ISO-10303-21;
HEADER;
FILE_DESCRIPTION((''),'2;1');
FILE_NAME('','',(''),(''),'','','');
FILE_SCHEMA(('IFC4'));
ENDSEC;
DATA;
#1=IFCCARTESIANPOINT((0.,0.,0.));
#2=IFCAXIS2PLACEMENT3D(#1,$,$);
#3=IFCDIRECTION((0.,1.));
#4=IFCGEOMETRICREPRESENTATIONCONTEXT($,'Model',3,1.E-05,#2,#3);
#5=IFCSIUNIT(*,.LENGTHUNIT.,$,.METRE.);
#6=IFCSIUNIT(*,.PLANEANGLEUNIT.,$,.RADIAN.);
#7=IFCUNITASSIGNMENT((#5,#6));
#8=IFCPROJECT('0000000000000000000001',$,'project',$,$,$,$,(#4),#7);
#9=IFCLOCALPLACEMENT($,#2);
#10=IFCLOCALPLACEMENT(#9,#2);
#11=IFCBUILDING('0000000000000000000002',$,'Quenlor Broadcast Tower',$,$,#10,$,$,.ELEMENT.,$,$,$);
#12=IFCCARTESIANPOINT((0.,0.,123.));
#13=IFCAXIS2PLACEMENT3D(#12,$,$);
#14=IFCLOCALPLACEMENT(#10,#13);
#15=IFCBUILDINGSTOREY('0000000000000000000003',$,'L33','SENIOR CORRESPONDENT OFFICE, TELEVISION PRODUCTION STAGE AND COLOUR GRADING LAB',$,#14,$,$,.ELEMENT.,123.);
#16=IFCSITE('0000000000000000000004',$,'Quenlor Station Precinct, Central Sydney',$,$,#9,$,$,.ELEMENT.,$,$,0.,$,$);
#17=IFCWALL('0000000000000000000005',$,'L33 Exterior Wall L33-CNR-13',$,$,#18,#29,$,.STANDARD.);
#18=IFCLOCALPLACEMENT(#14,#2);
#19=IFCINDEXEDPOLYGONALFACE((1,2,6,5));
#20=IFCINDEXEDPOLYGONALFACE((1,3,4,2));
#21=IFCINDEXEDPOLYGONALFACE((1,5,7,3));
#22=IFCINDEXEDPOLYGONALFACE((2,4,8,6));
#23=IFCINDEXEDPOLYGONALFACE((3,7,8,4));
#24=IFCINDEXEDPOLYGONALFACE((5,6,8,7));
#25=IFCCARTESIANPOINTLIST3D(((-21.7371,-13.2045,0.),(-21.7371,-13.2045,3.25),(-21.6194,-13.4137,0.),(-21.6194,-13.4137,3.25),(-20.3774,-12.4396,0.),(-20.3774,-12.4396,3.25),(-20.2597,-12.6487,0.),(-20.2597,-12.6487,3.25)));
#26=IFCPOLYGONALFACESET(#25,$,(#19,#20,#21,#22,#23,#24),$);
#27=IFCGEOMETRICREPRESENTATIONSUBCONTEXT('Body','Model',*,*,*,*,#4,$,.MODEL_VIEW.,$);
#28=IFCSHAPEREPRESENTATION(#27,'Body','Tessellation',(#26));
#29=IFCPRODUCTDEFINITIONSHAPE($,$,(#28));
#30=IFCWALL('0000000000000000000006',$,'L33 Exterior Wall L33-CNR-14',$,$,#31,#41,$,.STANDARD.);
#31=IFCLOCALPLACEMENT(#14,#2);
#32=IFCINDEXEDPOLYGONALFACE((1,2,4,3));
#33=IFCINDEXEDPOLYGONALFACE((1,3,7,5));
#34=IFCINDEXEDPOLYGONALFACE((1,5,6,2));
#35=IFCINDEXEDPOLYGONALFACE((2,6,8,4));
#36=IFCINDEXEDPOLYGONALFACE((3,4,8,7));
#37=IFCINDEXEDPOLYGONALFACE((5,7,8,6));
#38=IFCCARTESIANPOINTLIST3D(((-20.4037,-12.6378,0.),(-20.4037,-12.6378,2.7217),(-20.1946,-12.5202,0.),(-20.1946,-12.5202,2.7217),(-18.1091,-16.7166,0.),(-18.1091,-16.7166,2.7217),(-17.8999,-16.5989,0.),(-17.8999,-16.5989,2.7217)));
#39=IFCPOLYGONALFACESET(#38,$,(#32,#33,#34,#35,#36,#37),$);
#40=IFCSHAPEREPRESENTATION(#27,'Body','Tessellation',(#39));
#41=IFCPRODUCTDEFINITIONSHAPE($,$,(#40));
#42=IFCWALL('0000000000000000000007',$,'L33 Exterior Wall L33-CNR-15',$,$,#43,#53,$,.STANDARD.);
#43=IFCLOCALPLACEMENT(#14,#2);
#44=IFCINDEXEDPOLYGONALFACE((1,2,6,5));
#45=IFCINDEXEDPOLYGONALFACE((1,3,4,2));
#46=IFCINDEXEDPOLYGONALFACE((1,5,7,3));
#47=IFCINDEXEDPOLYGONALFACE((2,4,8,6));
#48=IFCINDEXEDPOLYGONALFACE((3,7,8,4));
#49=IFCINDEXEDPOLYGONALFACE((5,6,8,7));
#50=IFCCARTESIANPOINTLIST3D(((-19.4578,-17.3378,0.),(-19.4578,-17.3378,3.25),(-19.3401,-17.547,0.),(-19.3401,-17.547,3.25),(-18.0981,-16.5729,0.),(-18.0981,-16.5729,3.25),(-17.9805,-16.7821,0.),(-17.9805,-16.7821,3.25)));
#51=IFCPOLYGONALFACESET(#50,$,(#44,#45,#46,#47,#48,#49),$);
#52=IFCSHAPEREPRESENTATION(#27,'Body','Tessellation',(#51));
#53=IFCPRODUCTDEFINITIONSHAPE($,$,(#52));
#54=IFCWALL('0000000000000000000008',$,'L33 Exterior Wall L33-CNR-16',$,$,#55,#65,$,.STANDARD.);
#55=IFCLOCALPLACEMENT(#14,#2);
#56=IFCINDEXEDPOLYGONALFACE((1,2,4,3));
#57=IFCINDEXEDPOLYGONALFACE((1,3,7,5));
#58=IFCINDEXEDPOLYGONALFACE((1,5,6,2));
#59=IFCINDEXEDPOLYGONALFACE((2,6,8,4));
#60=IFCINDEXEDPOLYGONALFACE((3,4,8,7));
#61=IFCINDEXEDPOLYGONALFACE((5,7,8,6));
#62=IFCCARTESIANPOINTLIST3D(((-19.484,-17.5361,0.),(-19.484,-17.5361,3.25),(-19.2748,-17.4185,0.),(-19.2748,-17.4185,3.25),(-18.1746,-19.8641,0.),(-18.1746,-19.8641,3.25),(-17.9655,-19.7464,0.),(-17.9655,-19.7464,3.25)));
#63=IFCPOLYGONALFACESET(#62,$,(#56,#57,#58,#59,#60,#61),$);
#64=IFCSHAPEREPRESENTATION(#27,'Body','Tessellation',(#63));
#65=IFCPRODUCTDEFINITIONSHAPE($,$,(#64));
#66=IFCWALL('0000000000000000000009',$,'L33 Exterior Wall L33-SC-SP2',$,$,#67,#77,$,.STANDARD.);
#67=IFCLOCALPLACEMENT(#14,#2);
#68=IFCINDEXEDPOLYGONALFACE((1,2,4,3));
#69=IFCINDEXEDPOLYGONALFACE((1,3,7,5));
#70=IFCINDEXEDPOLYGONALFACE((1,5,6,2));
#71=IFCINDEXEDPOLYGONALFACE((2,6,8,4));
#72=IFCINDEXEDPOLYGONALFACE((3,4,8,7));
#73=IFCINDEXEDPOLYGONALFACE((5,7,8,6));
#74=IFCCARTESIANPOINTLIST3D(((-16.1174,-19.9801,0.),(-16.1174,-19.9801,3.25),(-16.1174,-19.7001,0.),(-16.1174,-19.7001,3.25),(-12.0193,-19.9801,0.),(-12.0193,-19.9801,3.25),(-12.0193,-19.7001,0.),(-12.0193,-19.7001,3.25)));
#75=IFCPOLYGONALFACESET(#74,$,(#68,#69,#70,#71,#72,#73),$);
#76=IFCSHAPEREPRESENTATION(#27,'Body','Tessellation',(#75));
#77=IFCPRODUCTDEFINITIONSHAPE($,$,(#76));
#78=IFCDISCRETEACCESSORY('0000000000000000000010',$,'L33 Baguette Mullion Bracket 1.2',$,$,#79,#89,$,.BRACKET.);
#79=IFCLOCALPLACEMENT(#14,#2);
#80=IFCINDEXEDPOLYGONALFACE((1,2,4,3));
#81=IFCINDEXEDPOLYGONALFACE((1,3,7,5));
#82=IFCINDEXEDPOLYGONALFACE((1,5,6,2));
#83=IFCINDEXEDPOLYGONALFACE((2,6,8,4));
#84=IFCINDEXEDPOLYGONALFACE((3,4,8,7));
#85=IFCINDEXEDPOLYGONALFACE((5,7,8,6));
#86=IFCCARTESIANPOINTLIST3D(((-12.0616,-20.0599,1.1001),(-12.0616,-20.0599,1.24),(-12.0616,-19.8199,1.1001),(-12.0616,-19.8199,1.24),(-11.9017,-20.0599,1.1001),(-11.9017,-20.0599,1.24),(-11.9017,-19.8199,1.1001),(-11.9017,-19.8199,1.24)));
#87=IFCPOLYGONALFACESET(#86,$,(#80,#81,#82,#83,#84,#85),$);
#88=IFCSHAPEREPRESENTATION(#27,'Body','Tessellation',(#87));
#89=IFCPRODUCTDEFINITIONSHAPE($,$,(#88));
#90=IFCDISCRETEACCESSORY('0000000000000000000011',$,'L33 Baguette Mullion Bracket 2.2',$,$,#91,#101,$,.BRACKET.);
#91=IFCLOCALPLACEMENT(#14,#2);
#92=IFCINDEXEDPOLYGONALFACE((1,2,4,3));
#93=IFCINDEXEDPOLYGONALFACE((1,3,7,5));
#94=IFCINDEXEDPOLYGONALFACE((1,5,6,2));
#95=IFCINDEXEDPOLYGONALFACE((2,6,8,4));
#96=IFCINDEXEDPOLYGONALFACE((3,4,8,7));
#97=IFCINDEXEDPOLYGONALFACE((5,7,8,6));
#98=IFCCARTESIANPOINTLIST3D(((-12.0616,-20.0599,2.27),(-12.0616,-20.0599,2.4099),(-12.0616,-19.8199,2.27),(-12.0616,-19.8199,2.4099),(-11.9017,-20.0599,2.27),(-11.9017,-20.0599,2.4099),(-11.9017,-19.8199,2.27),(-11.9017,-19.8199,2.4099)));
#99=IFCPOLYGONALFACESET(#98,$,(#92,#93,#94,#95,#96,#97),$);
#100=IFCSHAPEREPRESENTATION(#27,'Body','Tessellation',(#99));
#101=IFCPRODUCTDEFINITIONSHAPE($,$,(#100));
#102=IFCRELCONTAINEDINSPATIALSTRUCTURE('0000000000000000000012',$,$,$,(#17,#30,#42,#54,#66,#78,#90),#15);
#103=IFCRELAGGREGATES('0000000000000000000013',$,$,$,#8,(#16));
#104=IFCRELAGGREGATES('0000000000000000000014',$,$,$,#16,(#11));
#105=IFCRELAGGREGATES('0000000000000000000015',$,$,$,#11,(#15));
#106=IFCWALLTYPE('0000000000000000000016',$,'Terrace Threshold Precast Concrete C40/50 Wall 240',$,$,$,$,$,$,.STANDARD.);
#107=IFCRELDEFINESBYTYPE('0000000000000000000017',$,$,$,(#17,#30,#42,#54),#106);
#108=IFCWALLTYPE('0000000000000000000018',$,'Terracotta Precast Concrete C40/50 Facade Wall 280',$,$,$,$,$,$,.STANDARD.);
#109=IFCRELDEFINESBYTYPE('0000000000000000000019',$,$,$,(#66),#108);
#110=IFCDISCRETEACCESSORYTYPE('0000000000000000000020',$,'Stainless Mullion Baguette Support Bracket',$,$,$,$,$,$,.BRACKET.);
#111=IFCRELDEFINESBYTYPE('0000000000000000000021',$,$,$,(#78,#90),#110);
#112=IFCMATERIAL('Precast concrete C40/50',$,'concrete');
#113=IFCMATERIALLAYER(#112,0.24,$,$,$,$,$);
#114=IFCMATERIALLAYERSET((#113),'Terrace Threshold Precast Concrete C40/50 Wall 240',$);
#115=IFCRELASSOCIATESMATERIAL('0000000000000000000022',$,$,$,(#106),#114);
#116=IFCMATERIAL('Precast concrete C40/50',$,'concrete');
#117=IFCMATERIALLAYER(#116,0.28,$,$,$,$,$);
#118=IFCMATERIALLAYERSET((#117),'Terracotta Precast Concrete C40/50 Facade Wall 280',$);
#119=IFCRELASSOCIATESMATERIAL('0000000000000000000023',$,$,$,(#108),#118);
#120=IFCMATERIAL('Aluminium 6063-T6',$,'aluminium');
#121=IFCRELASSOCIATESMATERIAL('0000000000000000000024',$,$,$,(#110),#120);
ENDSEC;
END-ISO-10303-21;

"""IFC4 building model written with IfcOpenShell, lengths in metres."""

from ifc_helpers import new_model, si_unit, direction, frame, frame_2d, origin, origin_2d, place, context, subcontext, project, spatial, rectangle, extrude, material, layer, layer_set, type_object, element, save


model = new_model("IFC4")

# Units and contexts
model_context = context("Model", 3, precision=1e-05, world=origin(), true_north=direction((0.0, 1.0)))
body_context = subcontext(model_context, "Body", "Model", "MODEL_VIEW")
ifc_project = project(units=[si_unit("LENGTHUNIT", "METRE"), si_unit("PLANEANGLEUNIT", "RADIAN")], contexts=[model_context])

# Site, building, storey
site_placement = place(None, origin())
site = spatial("IfcSite", under=ifc_project, at=site_placement, Name="Quenlor Station Precinct, Central Sydney", CompositionType="ELEMENT", RefElevation=0.0)
building_placement = place(site_placement, origin())
building = spatial("IfcBuilding", under=site, at=building_placement, Name="Quenlor Broadcast Tower", CompositionType="ELEMENT")
storey_placement = place(building_placement, frame((0.0, 0.0, 123.0)))
storey = spatial("IfcBuildingStorey", under=building, at=storey_placement, Name="L33", Description="SENIOR CORRESPONDENT OFFICE, TELEVISION PRODUCTION STAGE AND COLOUR GRADING LAB", CompositionType="ELEMENT", Elevation=123.0)

# Walls
ifc_material_1 = material(Name="Precast concrete C40/50", Category="concrete")
ifc_layer_1 = layer(ifc_material_1, 0.24)
ifc_layer_set_1 = layer_set([ifc_layer_1], Name="Terrace Threshold Precast Concrete C40/50 Wall 240")
wall_type_1 = type_object("IfcWallType", Name="Terrace Threshold Precast Concrete C40/50 Wall 240", PredefinedType="STANDARD", material=ifc_layer_set_1)
wall_1_placement = place(storey_placement, frame((-21.6782, -13.3091, 0.0), z_axis=(0.0, 0.0, 1.0), x_axis=(0.871546, 0.490313, 0.0)))
element("IfcWall", 1, at=wall_1_placement, inside=storey, type_object=wall_type_1, Name="L33 Exterior Wall L33-CNR-13", PredefinedType="STANDARD", context=body_context, shape_type="SweptSolid", body=[
    extrude(rectangle(XDim=1.5601, YDim=0.24, at=frame_2d((0.78, 0.0))), origin(), (0.0, 0.0, 1.0), 3.25),
])
wall_2_placement = place(storey_placement, frame((-20.2991, -12.5791, 0.0), z_axis=(0.0, 0.0, 1.0), x_axis=(0.490313, -0.871546, 0.0)))
element("IfcWall", 2, at=wall_2_placement, inside=storey, type_object=wall_type_1, Name="L33 Exterior Wall L33-CNR-14", PredefinedType="STANDARD", context=body_context, shape_type="SweptSolid", body=[
    extrude(rectangle(XDim=4.6799, YDim=0.24, at=frame_2d((2.3398, 0.0))), origin(), (0.0, 0.0, 1.0), 2.7217),
])
wall_3_placement = place(storey_placement, frame((-18.0393, -16.6775, 0.0), z_axis=(0.0, 0.0, 1.0), x_axis=(-0.871546, -0.490313, 0.0)))
element("IfcWall", 3, at=wall_3_placement, inside=storey, type_object=wall_type_1, Name="L33 Exterior Wall L33-CNR-15", PredefinedType="STANDARD", context=body_context, shape_type="SweptSolid", body=[
    extrude(rectangle(XDim=1.5601, YDim=0.24, at=frame_2d((0.78, 0.0))), origin(), (0.0, 0.0, 1.0), 3.25),
])
wall_4_placement = place(storey_placement, frame((-19.3794, -17.4773, 0.0), z_axis=(0.0, 0.0, 1.0), x_axis=(0.490231, -0.871593, 0.0)))
element("IfcWall", 4, at=wall_4_placement, inside=storey, type_object=wall_type_1, Name="L33 Exterior Wall L33-CNR-16", PredefinedType="STANDARD", context=body_context, shape_type="SweptSolid", body=[
    extrude(rectangle(XDim=2.6709, YDim=0.24, at=frame_2d((1.3354, 0.0))), origin(), (0.0, 0.0, 1.0), 3.25),
])
ifc_material_2 = material(Name="Precast concrete C40/50", Category="concrete")
ifc_layer_2 = layer(ifc_material_2, 0.28)
ifc_layer_set_2 = layer_set([ifc_layer_2], Name="Terracotta Precast Concrete C40/50 Facade Wall 280")
wall_type_2 = type_object("IfcWallType", Name="Terracotta Precast Concrete C40/50 Facade Wall 280", PredefinedType="STANDARD", material=ifc_layer_set_2)
wall_5_placement = place(storey_placement, frame((-12.0193, -19.8401, 0.0), z_axis=(0.0, 0.0, 1.0), x_axis=(-1.0, 0.0, 0.0)))
element("IfcWall", 5, at=wall_5_placement, inside=storey, type_object=wall_type_2, Name="L33 Exterior Wall L33-SC-SP2", PredefinedType="STANDARD", context=body_context, shape_type="SweptSolid", body=[
    extrude(rectangle(XDim=4.0981, YDim=0.28, at=frame_2d((2.0491, 0.0))), origin(), (0.0, 0.0, 1.0), 3.25),
])

# Discrete accessories
ifc_material_3 = material(Name="Aluminium 6063-T6", Category="aluminium")
discrete_accessory_type = type_object("IfcDiscreteAccessoryType", Name="Stainless Mullion Baguette Support Bracket", PredefinedType="BRACKET", material=ifc_material_3)
for number, where, z_axis, x_axis, name in (
    (6, (-11.9817, -19.9399, 1.1001), (0.0, 0.0, 1.0), (-1.0, 0.0, 0.0), "L33 Baguette Mullion Bracket 1.2"),
    (7, (-11.9817, -19.9399, 2.27), (0.0, 0.0, 1.0), (-1.0, 0.0, 0.0), "L33 Baguette Mullion Bracket 2.2"),
):
    element("IfcDiscreteAccessory", number, at=place(storey_placement, frame(where, z_axis=z_axis, x_axis=x_axis)), inside=storey, type_object=discrete_accessory_type, Name=name, PredefinedType="BRACKET", context=body_context, shape_type="SweptSolid", body=[
        extrude(rectangle(XDim=0.1599, YDim=0.24, at=origin_2d()), origin(), (0.0, 0.0, 1.0), 0.1399),
    ])

save(model, "model.ifc")
